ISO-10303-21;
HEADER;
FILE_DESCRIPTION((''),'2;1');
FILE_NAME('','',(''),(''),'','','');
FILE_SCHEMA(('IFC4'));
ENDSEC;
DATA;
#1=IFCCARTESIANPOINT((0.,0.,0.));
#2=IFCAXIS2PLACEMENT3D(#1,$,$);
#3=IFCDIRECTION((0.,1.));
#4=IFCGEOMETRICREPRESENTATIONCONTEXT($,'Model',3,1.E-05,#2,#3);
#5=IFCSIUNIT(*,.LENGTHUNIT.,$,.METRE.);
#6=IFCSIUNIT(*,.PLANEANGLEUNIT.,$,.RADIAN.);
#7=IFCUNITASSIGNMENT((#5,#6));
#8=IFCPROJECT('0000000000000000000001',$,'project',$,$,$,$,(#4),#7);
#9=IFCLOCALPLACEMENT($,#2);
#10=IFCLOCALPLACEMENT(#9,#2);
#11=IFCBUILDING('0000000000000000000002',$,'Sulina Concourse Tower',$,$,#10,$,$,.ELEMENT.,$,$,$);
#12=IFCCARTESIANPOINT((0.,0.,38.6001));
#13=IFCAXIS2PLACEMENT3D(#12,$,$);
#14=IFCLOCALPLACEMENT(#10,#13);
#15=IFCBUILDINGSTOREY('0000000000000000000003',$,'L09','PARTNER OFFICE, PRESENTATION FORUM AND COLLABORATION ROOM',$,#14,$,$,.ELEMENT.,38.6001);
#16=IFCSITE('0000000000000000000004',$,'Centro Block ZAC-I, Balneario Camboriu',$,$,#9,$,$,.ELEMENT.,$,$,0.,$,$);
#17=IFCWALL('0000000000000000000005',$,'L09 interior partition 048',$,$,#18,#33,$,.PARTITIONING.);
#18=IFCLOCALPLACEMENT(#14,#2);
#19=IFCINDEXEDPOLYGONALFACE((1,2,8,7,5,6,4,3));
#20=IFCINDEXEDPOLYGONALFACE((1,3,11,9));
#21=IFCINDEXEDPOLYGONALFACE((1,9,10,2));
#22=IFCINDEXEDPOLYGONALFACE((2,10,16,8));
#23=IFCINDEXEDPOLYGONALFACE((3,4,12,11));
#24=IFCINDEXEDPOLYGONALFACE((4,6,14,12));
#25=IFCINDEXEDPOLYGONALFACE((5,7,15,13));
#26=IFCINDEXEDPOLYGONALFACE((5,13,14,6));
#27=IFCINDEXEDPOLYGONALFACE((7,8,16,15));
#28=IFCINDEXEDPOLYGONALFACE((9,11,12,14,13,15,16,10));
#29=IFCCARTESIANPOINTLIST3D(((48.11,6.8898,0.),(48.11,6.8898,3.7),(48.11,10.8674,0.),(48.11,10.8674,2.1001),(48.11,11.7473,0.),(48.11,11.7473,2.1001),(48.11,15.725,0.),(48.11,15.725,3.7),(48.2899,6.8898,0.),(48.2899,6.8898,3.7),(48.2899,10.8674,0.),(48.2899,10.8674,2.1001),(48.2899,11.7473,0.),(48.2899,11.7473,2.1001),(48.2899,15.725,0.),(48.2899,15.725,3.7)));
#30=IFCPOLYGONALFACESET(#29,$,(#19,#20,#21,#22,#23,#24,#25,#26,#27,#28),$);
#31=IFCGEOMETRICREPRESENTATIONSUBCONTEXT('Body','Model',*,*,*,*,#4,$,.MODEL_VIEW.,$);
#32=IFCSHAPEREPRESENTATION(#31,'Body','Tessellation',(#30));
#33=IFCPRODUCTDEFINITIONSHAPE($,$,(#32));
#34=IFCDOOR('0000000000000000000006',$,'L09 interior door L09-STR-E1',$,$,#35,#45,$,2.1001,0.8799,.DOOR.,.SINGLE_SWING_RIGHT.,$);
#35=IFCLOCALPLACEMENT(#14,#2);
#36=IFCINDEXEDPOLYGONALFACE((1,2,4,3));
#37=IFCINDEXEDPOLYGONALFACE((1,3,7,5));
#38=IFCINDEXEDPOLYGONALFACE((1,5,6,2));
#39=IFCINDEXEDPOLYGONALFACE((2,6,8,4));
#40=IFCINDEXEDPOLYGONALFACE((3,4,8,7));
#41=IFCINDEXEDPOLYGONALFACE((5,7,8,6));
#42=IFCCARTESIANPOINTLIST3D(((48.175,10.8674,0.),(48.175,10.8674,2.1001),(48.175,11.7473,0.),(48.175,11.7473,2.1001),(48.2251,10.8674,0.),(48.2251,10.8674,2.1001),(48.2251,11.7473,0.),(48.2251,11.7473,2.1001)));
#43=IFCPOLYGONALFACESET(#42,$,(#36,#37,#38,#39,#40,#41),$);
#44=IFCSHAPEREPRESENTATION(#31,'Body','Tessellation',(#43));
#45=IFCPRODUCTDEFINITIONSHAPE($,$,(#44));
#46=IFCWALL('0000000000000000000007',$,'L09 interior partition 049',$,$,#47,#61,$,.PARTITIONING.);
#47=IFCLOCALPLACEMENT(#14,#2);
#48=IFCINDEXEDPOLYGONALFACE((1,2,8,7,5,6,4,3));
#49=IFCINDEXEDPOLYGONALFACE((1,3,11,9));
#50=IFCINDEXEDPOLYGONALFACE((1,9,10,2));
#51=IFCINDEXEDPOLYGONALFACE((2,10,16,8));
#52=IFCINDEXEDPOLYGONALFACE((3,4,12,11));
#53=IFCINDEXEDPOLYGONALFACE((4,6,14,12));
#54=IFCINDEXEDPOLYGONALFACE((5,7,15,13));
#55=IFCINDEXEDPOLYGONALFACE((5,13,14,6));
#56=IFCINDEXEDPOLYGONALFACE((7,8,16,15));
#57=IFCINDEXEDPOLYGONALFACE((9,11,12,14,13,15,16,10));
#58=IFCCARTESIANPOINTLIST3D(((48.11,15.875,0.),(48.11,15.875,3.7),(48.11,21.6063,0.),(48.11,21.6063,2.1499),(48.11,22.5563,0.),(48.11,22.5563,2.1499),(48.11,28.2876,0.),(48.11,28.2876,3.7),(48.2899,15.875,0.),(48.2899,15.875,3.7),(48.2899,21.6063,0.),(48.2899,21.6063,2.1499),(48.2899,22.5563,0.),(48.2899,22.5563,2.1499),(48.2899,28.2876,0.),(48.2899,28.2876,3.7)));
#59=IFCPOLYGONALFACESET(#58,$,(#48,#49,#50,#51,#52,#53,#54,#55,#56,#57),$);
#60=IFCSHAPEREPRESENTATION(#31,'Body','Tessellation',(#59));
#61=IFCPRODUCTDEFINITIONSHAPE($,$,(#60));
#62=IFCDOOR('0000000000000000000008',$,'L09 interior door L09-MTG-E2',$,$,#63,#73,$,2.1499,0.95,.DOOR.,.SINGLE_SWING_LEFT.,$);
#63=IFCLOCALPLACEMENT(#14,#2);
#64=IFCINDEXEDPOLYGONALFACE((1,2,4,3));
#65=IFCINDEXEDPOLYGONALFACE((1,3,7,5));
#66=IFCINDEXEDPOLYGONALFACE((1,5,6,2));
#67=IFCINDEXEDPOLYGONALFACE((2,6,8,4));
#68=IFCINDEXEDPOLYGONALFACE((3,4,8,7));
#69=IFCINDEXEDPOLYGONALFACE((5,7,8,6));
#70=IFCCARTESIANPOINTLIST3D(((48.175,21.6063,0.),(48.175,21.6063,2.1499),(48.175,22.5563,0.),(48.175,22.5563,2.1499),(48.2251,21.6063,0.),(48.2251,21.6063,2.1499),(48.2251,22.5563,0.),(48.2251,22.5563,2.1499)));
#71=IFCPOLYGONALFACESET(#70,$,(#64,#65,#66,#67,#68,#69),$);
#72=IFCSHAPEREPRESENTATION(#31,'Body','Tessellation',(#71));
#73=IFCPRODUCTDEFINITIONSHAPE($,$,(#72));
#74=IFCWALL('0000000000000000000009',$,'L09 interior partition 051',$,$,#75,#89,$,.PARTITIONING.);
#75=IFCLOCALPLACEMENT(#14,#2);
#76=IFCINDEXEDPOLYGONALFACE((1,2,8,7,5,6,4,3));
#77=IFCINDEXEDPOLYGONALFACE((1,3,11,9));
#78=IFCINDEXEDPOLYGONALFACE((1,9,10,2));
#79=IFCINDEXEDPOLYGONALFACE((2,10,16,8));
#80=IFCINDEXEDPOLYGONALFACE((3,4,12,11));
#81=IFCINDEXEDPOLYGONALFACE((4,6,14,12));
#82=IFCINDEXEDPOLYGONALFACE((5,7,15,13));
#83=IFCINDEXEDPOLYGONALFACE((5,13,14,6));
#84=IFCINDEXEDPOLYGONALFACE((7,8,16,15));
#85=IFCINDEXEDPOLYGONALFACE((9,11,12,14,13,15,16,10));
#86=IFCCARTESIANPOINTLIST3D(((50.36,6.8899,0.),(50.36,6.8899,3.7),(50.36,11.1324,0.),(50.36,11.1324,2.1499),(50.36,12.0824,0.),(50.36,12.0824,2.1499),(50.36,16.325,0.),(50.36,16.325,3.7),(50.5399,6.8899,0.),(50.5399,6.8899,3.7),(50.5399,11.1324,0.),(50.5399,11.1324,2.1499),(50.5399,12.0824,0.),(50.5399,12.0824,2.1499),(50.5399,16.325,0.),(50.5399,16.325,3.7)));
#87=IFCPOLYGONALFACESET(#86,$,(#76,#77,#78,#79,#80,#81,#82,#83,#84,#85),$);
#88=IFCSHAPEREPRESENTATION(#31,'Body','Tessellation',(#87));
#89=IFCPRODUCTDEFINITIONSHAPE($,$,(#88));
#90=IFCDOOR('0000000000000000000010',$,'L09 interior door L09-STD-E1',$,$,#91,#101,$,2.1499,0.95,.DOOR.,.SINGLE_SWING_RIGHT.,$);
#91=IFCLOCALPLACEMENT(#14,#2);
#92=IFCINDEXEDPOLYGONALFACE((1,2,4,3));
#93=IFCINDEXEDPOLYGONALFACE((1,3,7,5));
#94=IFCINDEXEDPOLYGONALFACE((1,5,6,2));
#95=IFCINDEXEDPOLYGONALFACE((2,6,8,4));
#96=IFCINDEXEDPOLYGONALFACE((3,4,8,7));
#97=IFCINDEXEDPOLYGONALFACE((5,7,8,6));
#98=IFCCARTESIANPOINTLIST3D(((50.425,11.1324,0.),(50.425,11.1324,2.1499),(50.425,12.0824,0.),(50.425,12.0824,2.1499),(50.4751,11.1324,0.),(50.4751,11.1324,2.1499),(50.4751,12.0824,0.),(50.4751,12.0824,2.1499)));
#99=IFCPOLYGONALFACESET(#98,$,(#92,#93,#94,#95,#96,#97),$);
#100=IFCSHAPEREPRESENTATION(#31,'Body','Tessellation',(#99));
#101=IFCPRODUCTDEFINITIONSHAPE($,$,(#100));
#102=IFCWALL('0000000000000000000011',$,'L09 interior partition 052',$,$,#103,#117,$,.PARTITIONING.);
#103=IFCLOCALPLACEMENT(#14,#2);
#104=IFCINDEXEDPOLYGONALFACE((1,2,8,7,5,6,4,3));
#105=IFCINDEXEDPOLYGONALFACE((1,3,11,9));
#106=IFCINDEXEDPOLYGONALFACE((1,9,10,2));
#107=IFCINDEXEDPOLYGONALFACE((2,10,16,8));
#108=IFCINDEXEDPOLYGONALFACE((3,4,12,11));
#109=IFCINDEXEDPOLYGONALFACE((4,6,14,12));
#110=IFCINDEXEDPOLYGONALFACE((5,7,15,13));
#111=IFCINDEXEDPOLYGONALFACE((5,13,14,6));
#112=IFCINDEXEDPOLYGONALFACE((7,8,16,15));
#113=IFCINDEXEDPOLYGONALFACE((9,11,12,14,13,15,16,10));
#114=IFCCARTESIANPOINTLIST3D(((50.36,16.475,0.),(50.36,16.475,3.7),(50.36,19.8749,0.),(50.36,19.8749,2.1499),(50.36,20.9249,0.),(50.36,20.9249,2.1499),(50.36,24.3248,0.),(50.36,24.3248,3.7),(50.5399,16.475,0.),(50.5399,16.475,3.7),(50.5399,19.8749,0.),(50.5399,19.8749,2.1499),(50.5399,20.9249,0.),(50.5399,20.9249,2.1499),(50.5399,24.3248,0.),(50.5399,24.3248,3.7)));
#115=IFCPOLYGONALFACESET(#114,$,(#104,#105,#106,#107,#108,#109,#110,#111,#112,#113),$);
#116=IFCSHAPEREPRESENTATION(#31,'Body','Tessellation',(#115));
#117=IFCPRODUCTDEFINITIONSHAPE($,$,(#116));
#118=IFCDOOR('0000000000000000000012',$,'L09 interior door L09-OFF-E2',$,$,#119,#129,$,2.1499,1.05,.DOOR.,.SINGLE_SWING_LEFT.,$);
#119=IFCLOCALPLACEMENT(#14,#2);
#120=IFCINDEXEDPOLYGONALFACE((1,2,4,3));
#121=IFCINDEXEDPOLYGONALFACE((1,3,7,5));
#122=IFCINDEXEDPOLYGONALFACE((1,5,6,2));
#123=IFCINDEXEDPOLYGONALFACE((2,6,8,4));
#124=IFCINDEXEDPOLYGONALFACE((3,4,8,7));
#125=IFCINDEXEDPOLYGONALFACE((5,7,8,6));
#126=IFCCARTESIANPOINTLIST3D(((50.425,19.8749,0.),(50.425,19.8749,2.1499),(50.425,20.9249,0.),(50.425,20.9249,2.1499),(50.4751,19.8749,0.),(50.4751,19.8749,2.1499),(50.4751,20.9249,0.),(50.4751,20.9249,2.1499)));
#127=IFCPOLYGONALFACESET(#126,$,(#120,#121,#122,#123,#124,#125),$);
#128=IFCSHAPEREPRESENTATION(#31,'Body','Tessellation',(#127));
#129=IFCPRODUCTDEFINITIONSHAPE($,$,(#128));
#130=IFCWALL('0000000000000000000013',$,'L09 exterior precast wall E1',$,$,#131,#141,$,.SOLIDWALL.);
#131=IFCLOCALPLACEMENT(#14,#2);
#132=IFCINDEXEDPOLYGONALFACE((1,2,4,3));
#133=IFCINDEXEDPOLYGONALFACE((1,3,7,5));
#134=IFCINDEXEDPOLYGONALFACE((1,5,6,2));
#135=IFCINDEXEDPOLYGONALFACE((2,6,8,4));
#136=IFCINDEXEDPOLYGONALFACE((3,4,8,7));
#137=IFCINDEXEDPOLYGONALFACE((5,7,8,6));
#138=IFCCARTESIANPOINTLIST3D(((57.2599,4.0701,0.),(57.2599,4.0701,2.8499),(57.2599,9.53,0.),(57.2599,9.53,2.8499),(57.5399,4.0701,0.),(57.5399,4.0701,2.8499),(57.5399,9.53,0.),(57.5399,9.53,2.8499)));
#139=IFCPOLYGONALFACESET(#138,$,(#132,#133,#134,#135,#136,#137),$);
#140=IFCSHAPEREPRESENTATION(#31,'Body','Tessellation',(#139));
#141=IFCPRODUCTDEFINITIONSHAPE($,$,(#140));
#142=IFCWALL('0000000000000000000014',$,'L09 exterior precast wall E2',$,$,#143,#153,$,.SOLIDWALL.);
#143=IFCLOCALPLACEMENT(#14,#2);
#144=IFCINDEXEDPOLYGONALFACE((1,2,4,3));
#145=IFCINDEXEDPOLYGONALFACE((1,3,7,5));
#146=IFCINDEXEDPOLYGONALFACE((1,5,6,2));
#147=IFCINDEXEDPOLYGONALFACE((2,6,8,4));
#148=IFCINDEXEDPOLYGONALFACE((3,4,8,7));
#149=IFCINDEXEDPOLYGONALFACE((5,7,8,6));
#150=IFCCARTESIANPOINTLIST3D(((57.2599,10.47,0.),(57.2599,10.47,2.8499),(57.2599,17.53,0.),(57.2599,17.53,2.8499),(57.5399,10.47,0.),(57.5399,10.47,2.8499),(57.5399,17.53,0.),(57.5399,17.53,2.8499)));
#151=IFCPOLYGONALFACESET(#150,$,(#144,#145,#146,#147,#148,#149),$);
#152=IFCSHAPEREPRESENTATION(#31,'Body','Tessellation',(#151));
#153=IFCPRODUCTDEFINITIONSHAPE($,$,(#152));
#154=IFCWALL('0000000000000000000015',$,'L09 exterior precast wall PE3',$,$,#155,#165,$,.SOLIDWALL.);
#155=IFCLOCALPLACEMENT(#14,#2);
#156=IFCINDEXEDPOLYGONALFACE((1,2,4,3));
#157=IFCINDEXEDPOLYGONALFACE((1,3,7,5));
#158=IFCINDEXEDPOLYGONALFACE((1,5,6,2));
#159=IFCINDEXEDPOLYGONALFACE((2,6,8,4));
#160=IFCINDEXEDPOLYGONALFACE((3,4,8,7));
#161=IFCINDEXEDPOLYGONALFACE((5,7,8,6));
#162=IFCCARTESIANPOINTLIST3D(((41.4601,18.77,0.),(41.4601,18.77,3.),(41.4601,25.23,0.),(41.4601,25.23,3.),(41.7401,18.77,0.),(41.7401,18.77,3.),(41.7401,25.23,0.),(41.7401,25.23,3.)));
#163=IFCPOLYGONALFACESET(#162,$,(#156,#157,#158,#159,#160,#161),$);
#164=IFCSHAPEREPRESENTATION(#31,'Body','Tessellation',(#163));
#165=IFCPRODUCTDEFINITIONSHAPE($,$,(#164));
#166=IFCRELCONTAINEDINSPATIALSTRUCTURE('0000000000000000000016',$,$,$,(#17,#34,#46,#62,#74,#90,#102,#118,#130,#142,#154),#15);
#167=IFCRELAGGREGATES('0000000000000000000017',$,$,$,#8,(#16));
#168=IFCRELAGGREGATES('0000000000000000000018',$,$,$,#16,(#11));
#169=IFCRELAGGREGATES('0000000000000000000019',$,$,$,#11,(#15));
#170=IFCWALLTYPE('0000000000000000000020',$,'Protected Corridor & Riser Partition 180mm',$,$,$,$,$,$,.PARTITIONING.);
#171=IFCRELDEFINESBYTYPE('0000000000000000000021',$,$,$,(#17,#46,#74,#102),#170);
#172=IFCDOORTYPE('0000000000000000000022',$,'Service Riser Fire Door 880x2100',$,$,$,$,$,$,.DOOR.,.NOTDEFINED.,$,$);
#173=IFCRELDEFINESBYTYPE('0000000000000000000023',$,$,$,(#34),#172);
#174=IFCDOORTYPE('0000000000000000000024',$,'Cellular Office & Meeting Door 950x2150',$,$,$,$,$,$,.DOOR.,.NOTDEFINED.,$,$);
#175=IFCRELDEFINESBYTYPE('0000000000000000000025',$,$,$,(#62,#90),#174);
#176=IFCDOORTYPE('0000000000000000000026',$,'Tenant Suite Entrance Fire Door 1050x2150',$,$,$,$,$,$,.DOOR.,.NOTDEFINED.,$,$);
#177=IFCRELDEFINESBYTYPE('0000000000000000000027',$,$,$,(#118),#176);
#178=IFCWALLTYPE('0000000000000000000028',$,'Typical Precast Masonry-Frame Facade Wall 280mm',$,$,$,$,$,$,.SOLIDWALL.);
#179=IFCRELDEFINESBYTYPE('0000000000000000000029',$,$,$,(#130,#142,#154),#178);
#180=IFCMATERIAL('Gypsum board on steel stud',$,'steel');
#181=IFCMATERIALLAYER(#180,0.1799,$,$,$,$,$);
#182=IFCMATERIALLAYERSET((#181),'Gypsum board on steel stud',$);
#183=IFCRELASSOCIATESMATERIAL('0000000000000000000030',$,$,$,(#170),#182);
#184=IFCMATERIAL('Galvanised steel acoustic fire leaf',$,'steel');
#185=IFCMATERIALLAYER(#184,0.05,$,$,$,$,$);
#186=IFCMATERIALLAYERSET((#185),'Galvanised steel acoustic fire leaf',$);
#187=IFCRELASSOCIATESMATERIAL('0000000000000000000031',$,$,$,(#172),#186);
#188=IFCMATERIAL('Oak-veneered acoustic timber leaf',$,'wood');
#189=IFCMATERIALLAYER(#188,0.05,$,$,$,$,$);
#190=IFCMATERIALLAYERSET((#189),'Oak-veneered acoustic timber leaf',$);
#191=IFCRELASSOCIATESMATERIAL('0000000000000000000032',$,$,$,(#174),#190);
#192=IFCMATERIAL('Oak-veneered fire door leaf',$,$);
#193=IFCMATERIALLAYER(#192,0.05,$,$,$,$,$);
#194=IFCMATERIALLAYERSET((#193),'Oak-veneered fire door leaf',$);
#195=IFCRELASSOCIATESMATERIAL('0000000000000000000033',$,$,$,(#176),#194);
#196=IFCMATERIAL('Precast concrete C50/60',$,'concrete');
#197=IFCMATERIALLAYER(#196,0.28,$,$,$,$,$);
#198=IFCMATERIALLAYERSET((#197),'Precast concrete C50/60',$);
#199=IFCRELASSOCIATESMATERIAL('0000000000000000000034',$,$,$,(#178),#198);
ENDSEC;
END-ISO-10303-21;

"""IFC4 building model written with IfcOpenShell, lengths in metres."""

from ifc_helpers import new_model, si_unit, direction, frame, frame_2d, origin, place, context, subcontext, project, spatial, rectangle, extrude, material, layer, layer_set, type_object, element, fill, save


model = new_model("IFC4")

# Units and contexts
model_context = context("Model", 3, precision=1e-05, world=origin(), true_north=direction((0.0, 1.0)))
body_context = subcontext(model_context, "Body", "Model", "MODEL_VIEW")
ifc_project = project(units=[si_unit("LENGTHUNIT", "METRE"), si_unit("PLANEANGLEUNIT", "RADIAN")], contexts=[model_context])

# Site, building, storey
site_placement = place(None, origin())
site = spatial("IfcSite", under=ifc_project, at=site_placement, Name="Centro Block ZAC-I, Balneario Camboriu", CompositionType="ELEMENT", RefElevation=0.0)
building_placement = place(site_placement, origin())
building = spatial("IfcBuilding", under=site, at=building_placement, Name="Sulina Concourse Tower", CompositionType="ELEMENT")
storey_placement = place(building_placement, frame((0.0, 0.0, 38.6001)))
storey = spatial("IfcBuildingStorey", under=building, at=storey_placement, Name="L09", Description="PARTNER OFFICE, PRESENTATION FORUM AND COLLABORATION ROOM", CompositionType="ELEMENT", Elevation=38.6001)

# Walls, openings, doors
ifc_material_1 = material(Name="Gypsum board on steel stud", Category="steel")
ifc_layer_1 = layer(ifc_material_1, 0.1799)
ifc_layer_set_1 = layer_set([ifc_layer_1], Name="Gypsum board on steel stud")
wall_type_1 = type_object("IfcWallType", Name="Protected Corridor & Riser Partition 180mm", PredefinedType="PARTITIONING", material=ifc_layer_set_1)
wall_1_placement = place(storey_placement, frame((48.2, 6.8899, 0.0), z_axis=(0.0, 0.0, 1.0), x_axis=(0.0, 1.0, 0.0)))
wall_1 = element("IfcWall", 1, at=wall_1_placement, inside=storey, type_object=wall_type_1, Name="L09 interior partition 048", PredefinedType="PARTITIONING", context=body_context, shape_type="SweptSolid", body=[
    extrude(rectangle(XDim=8.8352, YDim=0.1799, at=frame_2d((4.4175, 0.0))), origin(), (0.0, 0.0, 1.0), 3.7),
])
opening_1_placement = place(wall_1_placement, frame((3.9775, 0.0, 0.0)))
opening_1 = element("IfcOpeningElement", 2, at=opening_1_placement, cuts=wall_1, PredefinedType="OPENING", context=body_context, shape_type="SweptSolid", body=[
    extrude(rectangle(XDim=0.8799, YDim=2.1001, at=frame_2d((0.4399, 1.05))), frame((0.0, 0.0999, 0.0), z_axis=(0.0, -1.0, 0.0), x_axis=(1.0, 0.0, 0.0)), (0.0, 0.0, 1.0), 0.2),
])
ifc_material_2 = material(Name="Galvanised steel acoustic fire leaf", Category="steel")
ifc_layer_2 = layer(ifc_material_2, 0.05)
ifc_layer_set_2 = layer_set([ifc_layer_2], Name="Galvanised steel acoustic fire leaf")
door_type_1 = type_object("IfcDoorType", Name="Service Riser Fire Door 880x2100", OperationType="NOTDEFINED", PredefinedType="DOOR", material=ifc_layer_set_2)
door_1_placement = place(opening_1_placement, origin())
door_1 = element("IfcDoor", 3, at=door_1_placement, inside=storey, type_object=door_type_1, Name="L09 interior door L09-STR-E1", OperationType="SINGLE_SWING_RIGHT", OverallHeight=2.1001, OverallWidth=0.8799, PredefinedType="DOOR", context=body_context, shape_type="SweptSolid", body=[
    extrude(rectangle(XDim=0.8799, YDim=2.1001, at=frame_2d((0.4399, 1.05))), frame((0.0, 0.0249, 0.0), z_axis=(0.0, -1.0, 0.0), x_axis=(1.0, 0.0, 0.0)), (0.0, 0.0, 1.0), 0.05),
])
fill(opening_1, door_1)
wall_2_placement = place(storey_placement, frame((48.2, 15.875, 0.0), z_axis=(0.0, 0.0, 1.0), x_axis=(0.0, 1.0, 0.0)))
wall_2 = element("IfcWall", 4, at=wall_2_placement, inside=storey, type_object=wall_type_1, Name="L09 interior partition 049", PredefinedType="PARTITIONING", context=body_context, shape_type="SweptSolid", body=[
    extrude(rectangle(XDim=12.4126, YDim=0.1799, at=frame_2d((6.2063, 0.0))), origin(), (0.0, 0.0, 1.0), 3.7),
])
opening_2_placement = place(wall_2_placement, frame((5.7312, 0.0, 0.0)))
opening_2 = element("IfcOpeningElement", 5, at=opening_2_placement, cuts=wall_2, PredefinedType="OPENING", context=body_context, shape_type="SweptSolid", body=[
    extrude(rectangle(XDim=0.95, YDim=2.1499, at=frame_2d((0.4751, 1.075))), frame((0.0, 0.0999, 0.0), z_axis=(0.0, -1.0, 0.0), x_axis=(1.0, 0.0, 0.0)), (0.0, 0.0, 1.0), 0.2),
])
ifc_material_3 = material(Name="Oak-veneered acoustic timber leaf", Category="wood")
ifc_layer_3 = layer(ifc_material_3, 0.05)
ifc_layer_set_3 = layer_set([ifc_layer_3], Name="Oak-veneered acoustic timber leaf")
door_type_2 = type_object("IfcDoorType", Name="Cellular Office & Meeting Door 950x2150", OperationType="NOTDEFINED", PredefinedType="DOOR", material=ifc_layer_set_3)
door_2_placement = place(opening_2_placement, origin())
door_2 = element("IfcDoor", 6, at=door_2_placement, inside=storey, type_object=door_type_2, Name="L09 interior door L09-MTG-E2", OperationType="SINGLE_SWING_LEFT", OverallHeight=2.1499, OverallWidth=0.95, PredefinedType="DOOR", context=body_context, shape_type="SweptSolid", body=[
    extrude(rectangle(XDim=0.95, YDim=2.1499, at=frame_2d((0.4751, 1.075))), frame((0.0, 0.0249, 0.0), z_axis=(0.0, -1.0, 0.0), x_axis=(1.0, 0.0, 0.0)), (0.0, 0.0, 1.0), 0.05),
])
fill(opening_2, door_2)
wall_3_placement = place(storey_placement, frame((50.45, 6.8899, 0.0), z_axis=(0.0, 0.0, 1.0), x_axis=(0.0, 1.0, 0.0)))
wall_3 = element("IfcWall", 7, at=wall_3_placement, inside=storey, type_object=wall_type_1, Name="L09 interior partition 051", PredefinedType="PARTITIONING", context=body_context, shape_type="SweptSolid", body=[
    extrude(rectangle(XDim=9.4351, YDim=0.1799, at=frame_2d((4.7175, 0.0))), origin(), (0.0, 0.0, 1.0), 3.7),
])
opening_3_placement = place(wall_3_placement, frame((4.2424, 0.0, 0.0)))
opening_3 = element("IfcOpeningElement", 8, at=opening_3_placement, cuts=wall_3, PredefinedType="OPENING", context=body_context, shape_type="SweptSolid", body=[
    extrude(rectangle(XDim=0.95, YDim=2.1499, at=frame_2d((0.4751, 1.075))), frame((0.0, 0.0999, 0.0), z_axis=(0.0, -1.0, 0.0), x_axis=(1.0, 0.0, 0.0)), (0.0, 0.0, 1.0), 0.2),
])
door_3_placement = place(opening_3_placement, origin())
door_3 = element("IfcDoor", 9, at=door_3_placement, inside=storey, type_object=door_type_2, Name="L09 interior door L09-STD-E1", OperationType="SINGLE_SWING_RIGHT", OverallHeight=2.1499, OverallWidth=0.95, PredefinedType="DOOR", context=body_context, shape_type="SweptSolid", body=[
    extrude(rectangle(XDim=0.95, YDim=2.1499, at=frame_2d((0.4751, 1.075))), frame((0.0, 0.0249, 0.0), z_axis=(0.0, -1.0, 0.0), x_axis=(1.0, 0.0, 0.0)), (0.0, 0.0, 1.0), 0.05),
])
fill(opening_3, door_3)
wall_4_placement = place(storey_placement, frame((50.45, 16.4751, 0.0), z_axis=(0.0, 0.0, 1.0), x_axis=(0.0, 1.0, 0.0)))
wall_4 = element("IfcWall", 10, at=wall_4_placement, inside=storey, type_object=wall_type_1, Name="L09 interior partition 052", PredefinedType="PARTITIONING", context=body_context, shape_type="SweptSolid", body=[
    extrude(rectangle(XDim=7.8499, YDim=0.1799, at=frame_2d((3.9248, 0.0))), origin(), (0.0, 0.0, 1.0), 3.7),
])
opening_4_placement = place(wall_4_placement, frame((3.3999, 0.0, 0.0)))
opening_4 = element("IfcOpeningElement", 11, at=opening_4_placement, cuts=wall_4, PredefinedType="OPENING", context=body_context, shape_type="SweptSolid", body=[
    extrude(rectangle(XDim=1.05, YDim=2.1499, at=frame_2d((0.5249, 1.075))), frame((0.0, 0.0999, 0.0), z_axis=(0.0, -1.0, 0.0), x_axis=(1.0, 0.0, 0.0)), (0.0, 0.0, 1.0), 0.2),
])
ifc_material_4 = material(Name="Oak-veneered fire door leaf")
ifc_layer_4 = layer(ifc_material_4, 0.05)
ifc_layer_set_4 = layer_set([ifc_layer_4], Name="Oak-veneered fire door leaf")
door_type_3 = type_object("IfcDoorType", Name="Tenant Suite Entrance Fire Door 1050x2150", OperationType="NOTDEFINED", PredefinedType="DOOR", material=ifc_layer_set_4)
door_4_placement = place(opening_4_placement, origin())
door_4 = element("IfcDoor", 12, at=door_4_placement, inside=storey, type_object=door_type_3, Name="L09 interior door L09-OFF-E2", OperationType="SINGLE_SWING_LEFT", OverallHeight=2.1499, OverallWidth=1.05, PredefinedType="DOOR", context=body_context, shape_type="SweptSolid", body=[
    extrude(rectangle(XDim=1.05, YDim=2.1499, at=frame_2d((0.5249, 1.075))), frame((0.0, 0.0249, 0.0), z_axis=(0.0, -1.0, 0.0), x_axis=(1.0, 0.0, 0.0)), (0.0, 0.0, 1.0), 0.05),
])
fill(opening_4, door_4)

# Walls
ifc_material_5 = material(Name="Precast concrete C50/60", Category="concrete")
ifc_layer_5 = layer(ifc_material_5, 0.28)
ifc_layer_set_5 = layer_set([ifc_layer_5], Name="Precast concrete C50/60")
wall_type_2 = type_object("IfcWallType", Name="Typical Precast Masonry-Frame Facade Wall 280mm", PredefinedType="SOLIDWALL", material=ifc_layer_set_5)
wall_5_placement = place(storey_placement, frame((57.3999, 9.53, 0.0), z_axis=(0.0, 0.0, 1.0), x_axis=(0.0, -1.0, 0.0)))
element("IfcWall", 13, at=wall_5_placement, inside=storey, type_object=wall_type_2, Name="L09 exterior precast wall E1", PredefinedType="SOLIDWALL", context=body_context, shape_type="SweptSolid", body=[
    extrude(rectangle(XDim=5.46, YDim=0.28, at=frame_2d((2.73, 0.0))), origin(), (0.0, 0.0, 1.0), 2.8499),
])
wall_6_placement = place(storey_placement, frame((57.3999, 17.53, 0.0), z_axis=(0.0, 0.0, 1.0), x_axis=(0.0, -1.0, 0.0)))
element("IfcWall", 14, at=wall_6_placement, inside=storey, type_object=wall_type_2, Name="L09 exterior precast wall E2", PredefinedType="SOLIDWALL", context=body_context, shape_type="SweptSolid", body=[
    extrude(rectangle(XDim=7.0601, YDim=0.28, at=frame_2d((3.53, 0.0))), origin(), (0.0, 0.0, 1.0), 2.8499),
])
wall_7_placement = place(storey_placement, frame((41.6001, 18.77, 0.0), z_axis=(0.0, 0.0, 1.0), x_axis=(0.0, 1.0, 0.0)))
element("IfcWall", 15, at=wall_7_placement, inside=storey, type_object=wall_type_2, Name="L09 exterior precast wall PE3", PredefinedType="SOLIDWALL", context=body_context, shape_type="SweptSolid", body=[
    extrude(rectangle(XDim=6.46, YDim=0.28, at=frame_2d((3.23, 0.0))), origin(), (0.0, 0.0, 1.0), 3.0),
])

save(model, "model.ifc")
